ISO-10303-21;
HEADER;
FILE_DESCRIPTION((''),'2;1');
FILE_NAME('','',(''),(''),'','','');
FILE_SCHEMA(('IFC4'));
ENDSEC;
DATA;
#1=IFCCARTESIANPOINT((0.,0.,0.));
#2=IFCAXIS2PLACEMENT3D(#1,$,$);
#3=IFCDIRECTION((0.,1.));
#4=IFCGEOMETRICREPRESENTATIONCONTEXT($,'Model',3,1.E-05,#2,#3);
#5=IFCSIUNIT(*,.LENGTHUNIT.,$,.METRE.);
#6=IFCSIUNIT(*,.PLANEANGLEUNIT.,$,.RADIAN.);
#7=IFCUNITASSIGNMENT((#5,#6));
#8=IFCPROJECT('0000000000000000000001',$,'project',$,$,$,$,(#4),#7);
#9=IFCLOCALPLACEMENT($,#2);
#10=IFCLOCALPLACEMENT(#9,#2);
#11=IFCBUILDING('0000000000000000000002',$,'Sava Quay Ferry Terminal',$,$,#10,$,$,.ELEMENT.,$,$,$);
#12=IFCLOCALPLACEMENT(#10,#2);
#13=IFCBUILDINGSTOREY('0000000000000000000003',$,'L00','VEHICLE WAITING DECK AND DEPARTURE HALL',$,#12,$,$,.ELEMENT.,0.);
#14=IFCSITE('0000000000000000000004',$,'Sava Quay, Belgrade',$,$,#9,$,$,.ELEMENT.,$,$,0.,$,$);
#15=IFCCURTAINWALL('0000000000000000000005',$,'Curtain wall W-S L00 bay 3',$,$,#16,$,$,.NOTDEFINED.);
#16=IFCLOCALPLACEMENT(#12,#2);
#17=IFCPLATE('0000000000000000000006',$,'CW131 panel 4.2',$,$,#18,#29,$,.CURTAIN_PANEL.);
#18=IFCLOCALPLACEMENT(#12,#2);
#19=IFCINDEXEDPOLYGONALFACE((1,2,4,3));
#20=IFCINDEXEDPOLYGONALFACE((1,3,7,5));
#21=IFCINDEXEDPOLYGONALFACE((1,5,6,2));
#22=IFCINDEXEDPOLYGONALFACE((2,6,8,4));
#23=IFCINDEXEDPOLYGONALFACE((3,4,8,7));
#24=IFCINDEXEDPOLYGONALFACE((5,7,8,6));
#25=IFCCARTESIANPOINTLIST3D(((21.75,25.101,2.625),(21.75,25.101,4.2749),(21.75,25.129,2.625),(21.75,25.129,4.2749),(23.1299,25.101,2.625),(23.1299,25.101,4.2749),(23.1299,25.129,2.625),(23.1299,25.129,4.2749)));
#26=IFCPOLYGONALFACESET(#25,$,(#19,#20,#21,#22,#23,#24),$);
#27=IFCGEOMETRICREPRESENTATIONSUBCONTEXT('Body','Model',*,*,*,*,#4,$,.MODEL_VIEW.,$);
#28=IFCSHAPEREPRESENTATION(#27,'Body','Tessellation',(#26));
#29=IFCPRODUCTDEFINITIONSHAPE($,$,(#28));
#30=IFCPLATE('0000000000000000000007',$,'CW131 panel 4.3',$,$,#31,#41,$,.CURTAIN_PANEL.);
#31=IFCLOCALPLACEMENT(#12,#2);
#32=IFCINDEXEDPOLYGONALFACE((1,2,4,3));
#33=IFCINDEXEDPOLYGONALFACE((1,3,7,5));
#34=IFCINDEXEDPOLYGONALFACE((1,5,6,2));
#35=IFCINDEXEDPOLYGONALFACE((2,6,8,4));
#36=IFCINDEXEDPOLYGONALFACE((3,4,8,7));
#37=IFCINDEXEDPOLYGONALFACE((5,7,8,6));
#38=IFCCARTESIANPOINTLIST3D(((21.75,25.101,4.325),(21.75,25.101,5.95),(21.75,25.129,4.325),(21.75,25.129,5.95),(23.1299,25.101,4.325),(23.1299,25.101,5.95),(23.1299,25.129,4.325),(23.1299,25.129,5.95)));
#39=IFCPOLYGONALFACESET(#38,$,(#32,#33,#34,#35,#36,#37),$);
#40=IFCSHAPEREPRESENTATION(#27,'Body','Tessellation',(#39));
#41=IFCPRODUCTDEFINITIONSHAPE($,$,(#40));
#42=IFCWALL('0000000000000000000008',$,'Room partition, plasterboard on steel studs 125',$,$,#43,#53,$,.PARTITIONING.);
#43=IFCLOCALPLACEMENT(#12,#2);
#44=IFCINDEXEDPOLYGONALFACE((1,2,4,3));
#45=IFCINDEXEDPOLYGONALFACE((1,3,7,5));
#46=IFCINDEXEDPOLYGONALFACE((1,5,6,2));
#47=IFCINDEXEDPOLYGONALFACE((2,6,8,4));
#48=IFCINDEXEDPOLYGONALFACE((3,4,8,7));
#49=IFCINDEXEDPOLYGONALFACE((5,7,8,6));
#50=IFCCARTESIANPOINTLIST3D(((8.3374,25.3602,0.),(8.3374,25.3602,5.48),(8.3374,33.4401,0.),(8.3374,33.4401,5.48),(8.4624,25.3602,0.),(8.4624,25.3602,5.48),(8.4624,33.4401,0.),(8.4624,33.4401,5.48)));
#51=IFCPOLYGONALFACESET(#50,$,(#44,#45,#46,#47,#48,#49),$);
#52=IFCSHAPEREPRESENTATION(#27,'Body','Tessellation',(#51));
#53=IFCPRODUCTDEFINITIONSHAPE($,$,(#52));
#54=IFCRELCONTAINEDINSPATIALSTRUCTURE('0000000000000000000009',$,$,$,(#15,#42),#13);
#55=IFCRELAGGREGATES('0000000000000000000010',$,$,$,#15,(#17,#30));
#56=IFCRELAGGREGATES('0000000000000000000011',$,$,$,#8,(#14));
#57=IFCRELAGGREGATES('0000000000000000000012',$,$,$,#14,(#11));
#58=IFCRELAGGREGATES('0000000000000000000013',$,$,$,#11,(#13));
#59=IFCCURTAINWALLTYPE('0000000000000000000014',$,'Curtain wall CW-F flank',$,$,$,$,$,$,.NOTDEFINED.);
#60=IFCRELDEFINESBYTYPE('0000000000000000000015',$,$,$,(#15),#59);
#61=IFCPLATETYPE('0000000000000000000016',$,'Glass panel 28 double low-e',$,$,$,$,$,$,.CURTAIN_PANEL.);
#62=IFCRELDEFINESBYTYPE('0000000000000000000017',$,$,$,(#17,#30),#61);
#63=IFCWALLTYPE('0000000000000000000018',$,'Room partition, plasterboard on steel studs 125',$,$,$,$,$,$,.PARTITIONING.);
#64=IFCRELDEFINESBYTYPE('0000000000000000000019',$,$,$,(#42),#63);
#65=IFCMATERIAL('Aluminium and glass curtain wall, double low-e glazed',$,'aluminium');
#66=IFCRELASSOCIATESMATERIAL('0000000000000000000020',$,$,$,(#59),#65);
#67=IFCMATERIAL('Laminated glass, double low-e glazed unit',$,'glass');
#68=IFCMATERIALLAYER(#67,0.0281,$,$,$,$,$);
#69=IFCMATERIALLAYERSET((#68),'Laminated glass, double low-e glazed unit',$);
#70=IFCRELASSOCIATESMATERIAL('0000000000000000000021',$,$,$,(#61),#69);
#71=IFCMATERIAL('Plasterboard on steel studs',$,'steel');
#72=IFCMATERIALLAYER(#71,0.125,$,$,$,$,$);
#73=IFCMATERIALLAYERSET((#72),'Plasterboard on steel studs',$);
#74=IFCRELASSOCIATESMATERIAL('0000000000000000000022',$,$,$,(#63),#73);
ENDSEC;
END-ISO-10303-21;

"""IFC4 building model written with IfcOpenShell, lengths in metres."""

from ifc_helpers import new_model, si_unit, direction, frame, frame_2d, origin, origin_2d, place, context, subcontext, project, spatial, rectangle, extrude, material, layer, layer_set, type_object, element, aggregate, save


model = new_model("IFC4")

# Units and contexts
model_context = context("Model", 3, precision=1e-05, world=origin(), true_north=direction((0.0, 1.0)))
body_context = subcontext(model_context, "Body", "Model", "MODEL_VIEW")
ifc_project = project(units=[si_unit("LENGTHUNIT", "METRE"), si_unit("PLANEANGLEUNIT", "RADIAN")], contexts=[model_context])

# Site, building, storey
site_placement = place(None, origin())
site = spatial("IfcSite", under=ifc_project, at=site_placement, Name="Sava Quay, Belgrade", CompositionType="ELEMENT", RefElevation=0.0)
building_placement = place(site_placement, origin())
building = spatial("IfcBuilding", under=site, at=building_placement, Name="Sava Quay Ferry Terminal", CompositionType="ELEMENT")
storey_placement = place(building_placement, origin())
storey = spatial("IfcBuildingStorey", under=building, at=storey_placement, Name="L00", Description="VEHICLE WAITING DECK AND DEPARTURE HALL", CompositionType="ELEMENT", Elevation=0.0)

# Curtain wall, plates
ifc_material_1 = material(Name="Aluminium and glass curtain wall, double low-e glazed", Category="aluminium")
curtain_wall_type = type_object("IfcCurtainWallType", Name="Curtain wall CW-F flank", PredefinedType="NOTDEFINED", material=ifc_material_1)
curtain_wall_placement = place(storey_placement, origin())
curtain_wall = element("IfcCurtainWall", 1, at=curtain_wall_placement, inside=storey, type_object=curtain_wall_type, Name="Curtain wall W-S L00 bay 3", PredefinedType="NOTDEFINED")
ifc_material_2 = material(Name="Laminated glass, double low-e glazed unit", Category="glass")
ifc_layer_1 = layer(ifc_material_2, 0.0281)
ifc_layer_set_1 = layer_set([ifc_layer_1], Name="Laminated glass, double low-e glazed unit")
plate_type = type_object("IfcPlateType", Name="Glass panel 28 double low-e", PredefinedType="CURTAIN_PANEL", material=ifc_layer_set_1)
plate_1_placement = place(storey_placement, frame((22.4399, 25.115, 2.625), z_axis=(0.0, 0.0, 1.0), x_axis=(1.0, 0.0, 0.0)))
plate_1 = element("IfcPlate", 2, at=plate_1_placement, type_object=plate_type, Name="CW131 panel 4.2", PredefinedType="CURTAIN_PANEL", context=body_context, shape_type="SweptSolid", body=[
    extrude(rectangle(XDim=1.3799, YDim=0.0281, at=origin_2d()), origin(), (0.0, 0.0, 1.0), 1.6499),
])
plate_2_placement = place(storey_placement, frame((22.4399, 25.115, 4.325), z_axis=(0.0, 0.0, 1.0), x_axis=(1.0, 0.0, 0.0)))
plate_2 = element("IfcPlate", 3, at=plate_2_placement, type_object=plate_type, Name="CW131 panel 4.3", PredefinedType="CURTAIN_PANEL", context=body_context, shape_type="SweptSolid", body=[
    extrude(rectangle(XDim=1.3799, YDim=0.0281, at=origin_2d()), origin(), (0.0, 0.0, 1.0), 1.625),
])
aggregate(curtain_wall, [plate_1, plate_2])

# Wall
ifc_material_3 = material(Name="Plasterboard on steel studs", Category="steel")
ifc_layer_2 = layer(ifc_material_3, 0.125)
ifc_layer_set_2 = layer_set([ifc_layer_2], Name="Plasterboard on steel studs")
wall_type_1 = type_object("IfcWallType", Name="Room partition, plasterboard on steel studs 125", PredefinedType="PARTITIONING", material=ifc_layer_set_2)
wall_1_placement = place(storey_placement, frame((8.3999, 25.3601, 0.0), z_axis=(0.0, 0.0, 1.0), x_axis=(0.0, 1.0, 0.0)))
element("IfcWall", 4, at=wall_1_placement, inside=storey, type_object=wall_type_1, Name="Room partition, plasterboard on steel studs 125", PredefinedType="PARTITIONING", context=body_context, shape_type="SweptSolid", body=[
    extrude(rectangle(XDim=8.0798, YDim=0.125, at=frame_2d((4.04, 0.0))), origin(), (0.0, 0.0, 1.0), 5.48),
])

save(model, "model.ifc")
